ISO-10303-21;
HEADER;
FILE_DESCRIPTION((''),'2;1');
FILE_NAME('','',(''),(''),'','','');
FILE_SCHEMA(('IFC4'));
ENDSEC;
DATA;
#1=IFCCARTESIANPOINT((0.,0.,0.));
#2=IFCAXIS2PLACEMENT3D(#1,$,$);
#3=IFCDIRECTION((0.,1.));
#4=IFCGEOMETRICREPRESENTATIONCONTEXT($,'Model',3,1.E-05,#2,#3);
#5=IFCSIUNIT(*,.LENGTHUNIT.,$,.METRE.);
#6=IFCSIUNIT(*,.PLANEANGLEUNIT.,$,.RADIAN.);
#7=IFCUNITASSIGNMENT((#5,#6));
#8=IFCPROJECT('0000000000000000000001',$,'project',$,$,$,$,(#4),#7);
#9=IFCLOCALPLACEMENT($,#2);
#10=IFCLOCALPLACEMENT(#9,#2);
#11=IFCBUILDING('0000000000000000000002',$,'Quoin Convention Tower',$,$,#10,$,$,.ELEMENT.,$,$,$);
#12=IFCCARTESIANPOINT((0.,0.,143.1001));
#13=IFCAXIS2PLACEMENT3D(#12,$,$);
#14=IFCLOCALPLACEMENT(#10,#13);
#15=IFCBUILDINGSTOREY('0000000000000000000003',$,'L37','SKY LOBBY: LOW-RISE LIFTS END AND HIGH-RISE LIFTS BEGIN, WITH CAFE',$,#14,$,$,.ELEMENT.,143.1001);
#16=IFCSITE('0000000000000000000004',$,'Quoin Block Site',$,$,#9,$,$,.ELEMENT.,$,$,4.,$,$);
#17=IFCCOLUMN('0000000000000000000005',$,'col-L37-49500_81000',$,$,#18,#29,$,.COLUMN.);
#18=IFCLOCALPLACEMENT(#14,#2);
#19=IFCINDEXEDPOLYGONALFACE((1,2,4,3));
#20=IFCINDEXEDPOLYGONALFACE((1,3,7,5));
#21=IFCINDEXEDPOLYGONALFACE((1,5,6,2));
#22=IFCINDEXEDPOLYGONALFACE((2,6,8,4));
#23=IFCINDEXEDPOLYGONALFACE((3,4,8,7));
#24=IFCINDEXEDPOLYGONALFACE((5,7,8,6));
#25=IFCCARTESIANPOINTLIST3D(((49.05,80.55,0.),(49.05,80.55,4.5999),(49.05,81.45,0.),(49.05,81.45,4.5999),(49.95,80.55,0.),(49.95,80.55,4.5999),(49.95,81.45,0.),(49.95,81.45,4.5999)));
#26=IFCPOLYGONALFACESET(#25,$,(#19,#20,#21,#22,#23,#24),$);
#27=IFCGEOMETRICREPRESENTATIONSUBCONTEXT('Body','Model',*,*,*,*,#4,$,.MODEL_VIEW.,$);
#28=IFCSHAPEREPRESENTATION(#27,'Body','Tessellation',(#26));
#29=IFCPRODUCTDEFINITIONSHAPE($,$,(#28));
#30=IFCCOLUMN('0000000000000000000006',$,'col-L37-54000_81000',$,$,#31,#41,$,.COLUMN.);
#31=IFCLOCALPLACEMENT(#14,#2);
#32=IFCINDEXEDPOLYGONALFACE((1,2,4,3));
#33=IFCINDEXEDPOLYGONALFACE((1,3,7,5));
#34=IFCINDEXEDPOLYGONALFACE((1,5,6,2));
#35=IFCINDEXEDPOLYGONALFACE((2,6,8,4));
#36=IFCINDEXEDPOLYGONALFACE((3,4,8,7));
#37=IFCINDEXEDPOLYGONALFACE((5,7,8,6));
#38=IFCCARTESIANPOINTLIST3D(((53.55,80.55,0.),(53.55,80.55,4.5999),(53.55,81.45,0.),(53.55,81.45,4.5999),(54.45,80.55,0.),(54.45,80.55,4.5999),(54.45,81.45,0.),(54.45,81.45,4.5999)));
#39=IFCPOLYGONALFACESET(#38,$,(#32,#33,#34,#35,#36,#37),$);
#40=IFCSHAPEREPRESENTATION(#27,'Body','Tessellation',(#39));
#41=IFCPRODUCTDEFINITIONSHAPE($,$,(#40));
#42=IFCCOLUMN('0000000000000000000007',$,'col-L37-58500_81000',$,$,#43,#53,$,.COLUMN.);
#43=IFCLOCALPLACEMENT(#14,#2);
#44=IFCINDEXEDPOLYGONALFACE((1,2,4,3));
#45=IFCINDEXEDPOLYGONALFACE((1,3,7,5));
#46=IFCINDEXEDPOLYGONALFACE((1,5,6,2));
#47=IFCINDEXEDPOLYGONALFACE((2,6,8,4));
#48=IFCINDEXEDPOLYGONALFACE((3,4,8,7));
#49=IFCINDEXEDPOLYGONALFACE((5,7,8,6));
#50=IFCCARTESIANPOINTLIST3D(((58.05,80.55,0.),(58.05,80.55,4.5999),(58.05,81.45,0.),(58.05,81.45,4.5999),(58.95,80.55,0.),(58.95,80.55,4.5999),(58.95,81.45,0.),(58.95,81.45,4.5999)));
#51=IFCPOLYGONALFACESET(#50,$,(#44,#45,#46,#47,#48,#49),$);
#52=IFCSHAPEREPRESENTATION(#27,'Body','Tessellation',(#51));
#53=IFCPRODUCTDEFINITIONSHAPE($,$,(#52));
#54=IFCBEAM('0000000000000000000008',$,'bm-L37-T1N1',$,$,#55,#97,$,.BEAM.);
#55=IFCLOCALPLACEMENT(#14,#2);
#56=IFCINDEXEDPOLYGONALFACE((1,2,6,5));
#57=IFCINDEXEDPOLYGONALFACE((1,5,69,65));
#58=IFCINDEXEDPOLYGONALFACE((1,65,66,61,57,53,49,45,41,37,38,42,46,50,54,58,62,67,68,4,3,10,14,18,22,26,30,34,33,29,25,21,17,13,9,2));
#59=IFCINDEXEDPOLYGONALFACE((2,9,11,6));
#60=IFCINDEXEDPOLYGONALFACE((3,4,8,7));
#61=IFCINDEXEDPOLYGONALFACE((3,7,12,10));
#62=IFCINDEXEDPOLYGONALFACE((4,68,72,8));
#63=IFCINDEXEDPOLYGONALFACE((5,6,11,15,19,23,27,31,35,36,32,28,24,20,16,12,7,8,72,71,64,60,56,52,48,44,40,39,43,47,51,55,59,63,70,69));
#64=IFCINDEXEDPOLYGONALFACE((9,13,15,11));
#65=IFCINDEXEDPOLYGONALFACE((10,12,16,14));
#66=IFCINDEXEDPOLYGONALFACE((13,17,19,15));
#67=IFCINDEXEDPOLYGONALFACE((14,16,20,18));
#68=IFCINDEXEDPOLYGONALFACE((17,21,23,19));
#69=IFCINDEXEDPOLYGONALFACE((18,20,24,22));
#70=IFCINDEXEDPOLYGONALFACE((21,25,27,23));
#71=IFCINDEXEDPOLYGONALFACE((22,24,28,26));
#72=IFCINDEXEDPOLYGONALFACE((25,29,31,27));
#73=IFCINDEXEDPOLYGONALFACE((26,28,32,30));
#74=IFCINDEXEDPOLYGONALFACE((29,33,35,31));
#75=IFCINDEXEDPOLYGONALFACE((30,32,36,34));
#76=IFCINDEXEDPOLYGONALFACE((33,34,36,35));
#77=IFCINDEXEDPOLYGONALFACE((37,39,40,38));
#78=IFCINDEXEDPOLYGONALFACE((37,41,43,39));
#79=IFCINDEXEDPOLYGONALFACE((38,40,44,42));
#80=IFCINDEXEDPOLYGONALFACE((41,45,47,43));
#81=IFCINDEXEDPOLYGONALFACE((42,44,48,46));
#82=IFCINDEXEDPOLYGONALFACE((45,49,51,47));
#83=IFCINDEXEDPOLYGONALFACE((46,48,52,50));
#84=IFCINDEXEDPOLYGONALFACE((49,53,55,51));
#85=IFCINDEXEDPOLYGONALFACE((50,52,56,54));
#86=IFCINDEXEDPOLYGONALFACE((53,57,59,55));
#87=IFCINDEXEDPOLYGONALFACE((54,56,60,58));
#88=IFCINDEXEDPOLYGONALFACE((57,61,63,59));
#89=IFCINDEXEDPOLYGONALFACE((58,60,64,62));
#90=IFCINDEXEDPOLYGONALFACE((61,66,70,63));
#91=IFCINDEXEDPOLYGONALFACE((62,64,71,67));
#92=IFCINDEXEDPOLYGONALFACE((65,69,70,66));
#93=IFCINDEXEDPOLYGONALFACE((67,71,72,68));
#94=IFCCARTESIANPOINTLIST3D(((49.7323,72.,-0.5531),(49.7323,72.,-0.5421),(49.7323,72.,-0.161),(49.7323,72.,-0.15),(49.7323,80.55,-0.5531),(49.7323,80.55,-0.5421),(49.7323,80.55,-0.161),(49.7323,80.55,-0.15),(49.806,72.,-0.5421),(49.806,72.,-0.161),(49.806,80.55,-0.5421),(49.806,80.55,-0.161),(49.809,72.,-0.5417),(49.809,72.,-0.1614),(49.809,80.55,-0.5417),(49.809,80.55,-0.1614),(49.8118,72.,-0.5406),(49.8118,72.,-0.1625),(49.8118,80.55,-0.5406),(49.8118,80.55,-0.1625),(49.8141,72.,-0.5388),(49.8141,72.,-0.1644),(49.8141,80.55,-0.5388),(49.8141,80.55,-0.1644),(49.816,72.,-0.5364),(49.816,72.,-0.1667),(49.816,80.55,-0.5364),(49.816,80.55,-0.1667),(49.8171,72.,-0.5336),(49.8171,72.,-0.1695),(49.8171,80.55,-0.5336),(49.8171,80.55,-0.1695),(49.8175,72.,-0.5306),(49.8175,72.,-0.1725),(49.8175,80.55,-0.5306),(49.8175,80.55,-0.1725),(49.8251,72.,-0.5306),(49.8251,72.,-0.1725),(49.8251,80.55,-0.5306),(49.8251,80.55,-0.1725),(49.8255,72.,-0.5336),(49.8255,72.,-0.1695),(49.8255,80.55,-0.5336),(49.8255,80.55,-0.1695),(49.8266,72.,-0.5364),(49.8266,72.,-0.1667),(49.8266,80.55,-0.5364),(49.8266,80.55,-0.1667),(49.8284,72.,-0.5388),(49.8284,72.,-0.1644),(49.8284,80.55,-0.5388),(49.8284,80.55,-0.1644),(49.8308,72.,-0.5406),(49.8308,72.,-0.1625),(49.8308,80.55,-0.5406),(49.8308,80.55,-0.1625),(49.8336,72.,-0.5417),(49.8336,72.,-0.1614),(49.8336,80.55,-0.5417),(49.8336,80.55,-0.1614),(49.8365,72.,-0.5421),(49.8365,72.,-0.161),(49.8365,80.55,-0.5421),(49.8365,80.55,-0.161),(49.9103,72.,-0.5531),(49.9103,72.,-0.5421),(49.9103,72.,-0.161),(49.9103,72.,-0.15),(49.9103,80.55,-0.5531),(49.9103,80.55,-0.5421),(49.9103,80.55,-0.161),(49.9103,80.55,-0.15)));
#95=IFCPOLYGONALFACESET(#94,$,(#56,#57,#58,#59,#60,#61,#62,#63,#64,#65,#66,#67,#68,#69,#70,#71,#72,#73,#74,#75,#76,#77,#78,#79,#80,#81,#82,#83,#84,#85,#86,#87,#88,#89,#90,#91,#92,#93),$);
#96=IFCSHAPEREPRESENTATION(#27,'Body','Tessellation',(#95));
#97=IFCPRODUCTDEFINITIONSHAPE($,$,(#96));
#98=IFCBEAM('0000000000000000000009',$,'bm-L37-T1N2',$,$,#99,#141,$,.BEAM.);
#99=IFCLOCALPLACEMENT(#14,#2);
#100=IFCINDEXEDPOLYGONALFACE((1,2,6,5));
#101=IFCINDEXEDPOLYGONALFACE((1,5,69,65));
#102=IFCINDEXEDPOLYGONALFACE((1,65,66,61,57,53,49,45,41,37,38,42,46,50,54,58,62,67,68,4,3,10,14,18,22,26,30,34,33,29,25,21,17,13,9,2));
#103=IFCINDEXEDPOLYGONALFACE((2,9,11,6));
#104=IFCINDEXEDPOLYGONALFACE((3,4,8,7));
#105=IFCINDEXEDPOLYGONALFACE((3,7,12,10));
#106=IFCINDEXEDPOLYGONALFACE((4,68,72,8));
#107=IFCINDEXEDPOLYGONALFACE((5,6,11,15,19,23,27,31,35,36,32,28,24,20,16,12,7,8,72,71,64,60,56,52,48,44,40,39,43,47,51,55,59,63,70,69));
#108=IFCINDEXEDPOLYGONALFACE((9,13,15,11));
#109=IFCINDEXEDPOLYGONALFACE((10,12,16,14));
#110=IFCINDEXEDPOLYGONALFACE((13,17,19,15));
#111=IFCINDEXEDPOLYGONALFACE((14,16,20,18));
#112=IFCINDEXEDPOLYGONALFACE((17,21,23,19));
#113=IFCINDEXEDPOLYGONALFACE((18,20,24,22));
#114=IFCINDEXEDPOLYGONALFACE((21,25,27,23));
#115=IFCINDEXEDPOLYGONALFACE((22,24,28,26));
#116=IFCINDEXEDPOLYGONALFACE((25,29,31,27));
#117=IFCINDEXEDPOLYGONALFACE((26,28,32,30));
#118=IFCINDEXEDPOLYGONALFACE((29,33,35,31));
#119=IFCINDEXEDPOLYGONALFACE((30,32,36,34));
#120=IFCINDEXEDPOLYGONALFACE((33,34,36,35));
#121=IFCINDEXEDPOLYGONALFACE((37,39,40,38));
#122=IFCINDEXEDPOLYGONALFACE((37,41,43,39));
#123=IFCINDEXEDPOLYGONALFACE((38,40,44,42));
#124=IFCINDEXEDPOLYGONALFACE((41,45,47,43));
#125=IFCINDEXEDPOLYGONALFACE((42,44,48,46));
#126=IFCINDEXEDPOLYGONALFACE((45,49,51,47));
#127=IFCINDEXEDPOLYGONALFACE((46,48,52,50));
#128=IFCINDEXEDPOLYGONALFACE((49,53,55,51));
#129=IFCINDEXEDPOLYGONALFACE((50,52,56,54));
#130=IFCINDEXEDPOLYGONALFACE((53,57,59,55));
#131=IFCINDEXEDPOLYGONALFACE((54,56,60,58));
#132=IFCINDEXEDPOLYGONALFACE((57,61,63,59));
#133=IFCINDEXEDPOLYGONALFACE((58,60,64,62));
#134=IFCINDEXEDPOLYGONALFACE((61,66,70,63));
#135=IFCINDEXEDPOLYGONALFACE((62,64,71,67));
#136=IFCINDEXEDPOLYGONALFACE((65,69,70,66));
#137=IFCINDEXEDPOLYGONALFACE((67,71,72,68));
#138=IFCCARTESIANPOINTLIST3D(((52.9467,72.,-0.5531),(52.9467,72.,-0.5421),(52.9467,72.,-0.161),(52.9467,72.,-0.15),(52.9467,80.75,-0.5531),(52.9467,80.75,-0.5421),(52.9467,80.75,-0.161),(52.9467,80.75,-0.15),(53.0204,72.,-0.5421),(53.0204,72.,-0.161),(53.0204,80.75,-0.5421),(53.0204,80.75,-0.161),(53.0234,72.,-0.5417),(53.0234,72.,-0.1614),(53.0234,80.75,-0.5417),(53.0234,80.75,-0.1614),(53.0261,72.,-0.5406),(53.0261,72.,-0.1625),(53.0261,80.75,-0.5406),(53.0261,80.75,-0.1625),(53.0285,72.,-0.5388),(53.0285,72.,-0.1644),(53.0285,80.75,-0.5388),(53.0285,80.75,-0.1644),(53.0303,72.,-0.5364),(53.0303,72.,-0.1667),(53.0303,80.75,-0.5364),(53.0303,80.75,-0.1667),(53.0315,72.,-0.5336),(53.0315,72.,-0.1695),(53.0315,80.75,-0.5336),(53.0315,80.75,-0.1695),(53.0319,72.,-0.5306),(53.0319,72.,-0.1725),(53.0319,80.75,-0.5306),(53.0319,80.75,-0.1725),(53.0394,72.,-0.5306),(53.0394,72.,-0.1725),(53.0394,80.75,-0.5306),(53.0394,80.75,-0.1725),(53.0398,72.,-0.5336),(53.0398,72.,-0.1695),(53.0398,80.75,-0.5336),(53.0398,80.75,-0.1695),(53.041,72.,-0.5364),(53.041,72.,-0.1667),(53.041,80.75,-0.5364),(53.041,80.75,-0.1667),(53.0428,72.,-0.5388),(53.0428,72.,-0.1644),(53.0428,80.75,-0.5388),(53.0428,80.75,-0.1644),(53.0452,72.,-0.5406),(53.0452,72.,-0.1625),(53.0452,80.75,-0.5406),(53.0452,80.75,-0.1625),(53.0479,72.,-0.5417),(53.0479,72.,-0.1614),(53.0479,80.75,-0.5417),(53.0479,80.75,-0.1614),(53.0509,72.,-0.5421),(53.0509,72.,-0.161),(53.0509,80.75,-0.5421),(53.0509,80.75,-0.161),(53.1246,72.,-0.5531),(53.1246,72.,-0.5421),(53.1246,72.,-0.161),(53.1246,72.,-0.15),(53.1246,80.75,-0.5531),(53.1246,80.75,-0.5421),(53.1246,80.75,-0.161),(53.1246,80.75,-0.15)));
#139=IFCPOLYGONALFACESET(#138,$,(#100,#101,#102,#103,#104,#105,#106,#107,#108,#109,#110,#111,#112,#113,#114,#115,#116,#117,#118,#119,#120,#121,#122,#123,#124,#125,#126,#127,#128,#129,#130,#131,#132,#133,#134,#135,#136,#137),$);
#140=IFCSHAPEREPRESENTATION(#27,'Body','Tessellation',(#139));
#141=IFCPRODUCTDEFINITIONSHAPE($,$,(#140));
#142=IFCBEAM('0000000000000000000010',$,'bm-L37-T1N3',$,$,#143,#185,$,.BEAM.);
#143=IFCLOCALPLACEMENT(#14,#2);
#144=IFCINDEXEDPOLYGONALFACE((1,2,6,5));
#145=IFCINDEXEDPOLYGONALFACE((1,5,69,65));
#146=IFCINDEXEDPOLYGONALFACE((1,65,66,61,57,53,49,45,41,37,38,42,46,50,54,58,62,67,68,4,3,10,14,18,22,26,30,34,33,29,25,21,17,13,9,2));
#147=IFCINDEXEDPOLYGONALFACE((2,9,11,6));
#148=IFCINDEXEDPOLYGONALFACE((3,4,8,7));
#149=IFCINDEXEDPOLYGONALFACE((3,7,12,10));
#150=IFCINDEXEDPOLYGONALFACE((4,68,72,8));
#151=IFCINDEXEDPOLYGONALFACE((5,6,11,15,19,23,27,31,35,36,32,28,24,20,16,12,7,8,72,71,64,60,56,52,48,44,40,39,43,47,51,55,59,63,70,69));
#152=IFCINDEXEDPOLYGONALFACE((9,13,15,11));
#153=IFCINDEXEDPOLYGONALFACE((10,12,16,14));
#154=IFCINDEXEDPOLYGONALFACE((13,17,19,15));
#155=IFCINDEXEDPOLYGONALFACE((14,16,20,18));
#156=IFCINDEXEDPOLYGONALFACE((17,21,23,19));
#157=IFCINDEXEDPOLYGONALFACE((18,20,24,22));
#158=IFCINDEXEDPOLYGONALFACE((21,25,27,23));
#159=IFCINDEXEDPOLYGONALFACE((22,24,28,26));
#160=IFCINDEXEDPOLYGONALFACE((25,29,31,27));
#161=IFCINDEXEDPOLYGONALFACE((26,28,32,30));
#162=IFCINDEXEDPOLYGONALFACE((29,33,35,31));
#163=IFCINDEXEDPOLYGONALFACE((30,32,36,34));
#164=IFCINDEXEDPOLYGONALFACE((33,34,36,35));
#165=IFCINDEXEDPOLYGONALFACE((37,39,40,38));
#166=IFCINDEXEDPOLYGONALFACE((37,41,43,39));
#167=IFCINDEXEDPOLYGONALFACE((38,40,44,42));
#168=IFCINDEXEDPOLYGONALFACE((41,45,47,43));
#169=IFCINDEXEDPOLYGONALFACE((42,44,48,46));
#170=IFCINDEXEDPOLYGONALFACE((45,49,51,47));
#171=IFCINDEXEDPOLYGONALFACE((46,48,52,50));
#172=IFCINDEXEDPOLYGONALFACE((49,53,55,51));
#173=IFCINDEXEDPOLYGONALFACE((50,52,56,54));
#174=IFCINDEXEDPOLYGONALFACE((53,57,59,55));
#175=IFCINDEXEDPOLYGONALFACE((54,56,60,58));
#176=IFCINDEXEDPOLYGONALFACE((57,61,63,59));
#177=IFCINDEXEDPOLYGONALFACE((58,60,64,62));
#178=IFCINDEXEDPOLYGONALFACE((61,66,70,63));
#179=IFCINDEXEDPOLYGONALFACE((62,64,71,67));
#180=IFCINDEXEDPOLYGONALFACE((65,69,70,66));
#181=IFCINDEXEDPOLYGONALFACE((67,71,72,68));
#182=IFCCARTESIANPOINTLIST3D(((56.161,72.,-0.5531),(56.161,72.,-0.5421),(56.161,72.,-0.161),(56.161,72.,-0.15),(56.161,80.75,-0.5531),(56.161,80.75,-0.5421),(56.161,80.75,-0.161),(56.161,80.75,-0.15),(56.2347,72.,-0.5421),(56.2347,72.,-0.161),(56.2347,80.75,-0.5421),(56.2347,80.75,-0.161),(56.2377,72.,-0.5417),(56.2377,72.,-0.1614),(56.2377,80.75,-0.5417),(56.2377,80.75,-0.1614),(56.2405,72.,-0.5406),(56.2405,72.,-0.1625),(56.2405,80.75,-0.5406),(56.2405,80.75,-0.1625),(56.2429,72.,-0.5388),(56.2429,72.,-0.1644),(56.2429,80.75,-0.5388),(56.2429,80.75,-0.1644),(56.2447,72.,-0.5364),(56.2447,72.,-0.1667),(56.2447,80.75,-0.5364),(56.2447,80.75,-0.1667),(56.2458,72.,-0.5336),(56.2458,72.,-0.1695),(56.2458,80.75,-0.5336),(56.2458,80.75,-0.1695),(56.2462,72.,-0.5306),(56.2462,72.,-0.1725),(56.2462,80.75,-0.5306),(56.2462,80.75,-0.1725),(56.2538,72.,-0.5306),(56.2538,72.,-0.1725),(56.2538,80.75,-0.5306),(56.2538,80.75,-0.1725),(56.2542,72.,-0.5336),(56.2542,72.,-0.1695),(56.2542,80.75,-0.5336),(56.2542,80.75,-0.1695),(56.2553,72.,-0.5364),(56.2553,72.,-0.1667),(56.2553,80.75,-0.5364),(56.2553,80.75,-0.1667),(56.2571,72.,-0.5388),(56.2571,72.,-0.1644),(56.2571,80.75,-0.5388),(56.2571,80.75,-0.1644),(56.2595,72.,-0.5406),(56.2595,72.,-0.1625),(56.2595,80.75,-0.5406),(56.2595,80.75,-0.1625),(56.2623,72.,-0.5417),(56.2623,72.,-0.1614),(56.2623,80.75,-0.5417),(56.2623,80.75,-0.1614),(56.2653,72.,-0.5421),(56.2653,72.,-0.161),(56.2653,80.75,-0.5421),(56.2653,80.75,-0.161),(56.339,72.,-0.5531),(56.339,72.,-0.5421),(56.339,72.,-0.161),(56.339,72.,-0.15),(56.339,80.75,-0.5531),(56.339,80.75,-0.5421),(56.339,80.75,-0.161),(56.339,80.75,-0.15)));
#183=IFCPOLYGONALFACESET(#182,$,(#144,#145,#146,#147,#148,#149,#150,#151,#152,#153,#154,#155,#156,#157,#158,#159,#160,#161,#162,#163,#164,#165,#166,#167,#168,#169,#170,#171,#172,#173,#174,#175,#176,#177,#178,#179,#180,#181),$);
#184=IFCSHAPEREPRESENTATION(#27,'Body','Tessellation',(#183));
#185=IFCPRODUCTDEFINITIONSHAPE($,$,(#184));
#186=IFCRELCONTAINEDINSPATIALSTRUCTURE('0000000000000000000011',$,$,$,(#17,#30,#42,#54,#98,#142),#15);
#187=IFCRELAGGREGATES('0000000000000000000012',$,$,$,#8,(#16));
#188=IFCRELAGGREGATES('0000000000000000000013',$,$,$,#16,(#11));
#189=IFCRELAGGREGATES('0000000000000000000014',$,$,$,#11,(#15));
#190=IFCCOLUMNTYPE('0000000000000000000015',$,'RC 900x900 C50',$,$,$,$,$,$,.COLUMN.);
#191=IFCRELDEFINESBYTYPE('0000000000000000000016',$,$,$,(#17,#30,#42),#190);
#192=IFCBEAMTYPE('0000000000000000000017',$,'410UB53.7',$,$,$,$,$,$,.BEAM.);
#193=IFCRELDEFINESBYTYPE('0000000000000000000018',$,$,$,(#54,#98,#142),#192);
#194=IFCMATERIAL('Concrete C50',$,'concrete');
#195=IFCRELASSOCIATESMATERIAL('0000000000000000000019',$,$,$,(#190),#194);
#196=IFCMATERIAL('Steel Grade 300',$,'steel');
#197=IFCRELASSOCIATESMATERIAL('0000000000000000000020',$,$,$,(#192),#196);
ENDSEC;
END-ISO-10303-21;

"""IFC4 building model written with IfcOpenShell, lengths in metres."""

from ifc_helpers import new_model, si_unit, direction, frame, origin, origin_2d, place, context, subcontext, project, spatial, rectangle, i_section, extrude, material, material_profile, profile_set, type_object, element, save


model = new_model("IFC4")

# Units and contexts
model_context = context("Model", 3, precision=1e-05, world=origin(), true_north=direction((0.0, 1.0)))
body_context = subcontext(model_context, "Body", "Model", "MODEL_VIEW")
ifc_project = project(units=[si_unit("LENGTHUNIT", "METRE"), si_unit("PLANEANGLEUNIT", "RADIAN")], contexts=[model_context])

# Site, building, storey
site_placement = place(None, origin())
site = spatial("IfcSite", under=ifc_project, at=site_placement, Name="Quoin Block Site", CompositionType="ELEMENT", RefElevation=4.0)
building_placement = place(site_placement, origin())
building = spatial("IfcBuilding", under=site, at=building_placement, Name="Quoin Convention Tower", CompositionType="ELEMENT")
storey_placement = place(building_placement, frame((0.0, 0.0, 143.1001)))
storey = spatial("IfcBuildingStorey", under=building, at=storey_placement, Name="L37", Description="SKY LOBBY: LOW-RISE LIFTS END AND HIGH-RISE LIFTS BEGIN, WITH CAFE", CompositionType="ELEMENT", Elevation=143.1001)

# Columns
ifc_material_1 = material(Name="Concrete C50", Category="concrete")
ifc_material_profile_1 = material_profile(ifc_material_1, rectangle(XDim=0.8999, YDim=0.8999, at=origin_2d()), Name="RC 900x900")
ifc_profile_set_1 = profile_set([ifc_material_profile_1], Name="Concrete C50")
column_type = type_object("IfcColumnType", Name="RC 900x900 C50", PredefinedType="COLUMN", material=ifc_profile_set_1)
for number, where, z_axis, x_axis, name in (
    (1, (49.5, 81.0, 0.0), (0.0, 0.0, 1.0), (1.0, 0.0, 0.0), "col-L37-49500_81000"),
    (2, (54.0, 81.0, 0.0), (0.0, 0.0, 1.0), (1.0, 0.0, 0.0), "col-L37-54000_81000"),
    (3, (58.5, 81.0, 0.0), (0.0, 0.0, 1.0), (1.0, 0.0, 0.0), "col-L37-58500_81000"),
):
    element("IfcColumn", number, at=place(storey_placement, frame(where, z_axis=z_axis, x_axis=x_axis)), inside=storey, type_object=column_type, Name=name, PredefinedType="COLUMN", context=body_context, shape_type="SweptSolid", body=[
        extrude(rectangle(XDim=0.8999, YDim=0.8999, at=origin_2d()), origin(), (0.0, 0.0, 1.0), 4.5999),
    ])

# Beams
ifc_material_2 = material(Name="Steel Grade 300", Category="steel")
ifc_material_profile_2 = material_profile(ifc_material_2, i_section(OverallWidth=0.178, OverallDepth=0.4031, WebThickness=0.0076, FlangeThickness=0.011, FilletRadius=0.0115, at=origin_2d()), Name="410UB53.7")
ifc_profile_set_2 = profile_set([ifc_material_profile_2], Name="Steel Grade 300")
beam_type = type_object("IfcBeamType", Name="410UB53.7", PredefinedType="BEAM", material=ifc_profile_set_2)
beam_placement = place(storey_placement, frame((49.8213, 72.0, -0.3516), z_axis=(0.0, 1.0, 0.0), x_axis=(-1.0, 0.0, 0.0)))
element("IfcBeam", 4, at=beam_placement, inside=storey, type_object=beam_type, Name="bm-L37-T1N1", PredefinedType="BEAM", context=body_context, shape_type="SweptSolid", body=[
    extrude(i_section(OverallWidth=0.178, OverallDepth=0.4031, WebThickness=0.0076, FlangeThickness=0.011, FilletRadius=0.0115, at=origin_2d()), origin(), (0.0, 0.0, 1.0), 8.55),
])
for number, where, z_axis, x_axis, name in (
    (5, (53.0356, 72.0, -0.3516), (0.0, 1.0, 0.0), (-1.0, 0.0, 0.0), "bm-L37-T1N2"),
    (6, (56.25, 72.0, -0.3516), (0.0, 1.0, 0.0), (-1.0, 0.0, 0.0), "bm-L37-T1N3"),
):
    element("IfcBeam", number, at=place(storey_placement, frame(where, z_axis=z_axis, x_axis=x_axis)), inside=storey, type_object=beam_type, Name=name, PredefinedType="BEAM", context=body_context, shape_type="SweptSolid", body=[
        extrude(i_section(OverallWidth=0.178, OverallDepth=0.4031, WebThickness=0.0076, FlangeThickness=0.011, FilletRadius=0.0115, at=origin_2d()), origin(), (0.0, 0.0, 1.0), 8.75),
    ])

save(model, "model.ifc")
